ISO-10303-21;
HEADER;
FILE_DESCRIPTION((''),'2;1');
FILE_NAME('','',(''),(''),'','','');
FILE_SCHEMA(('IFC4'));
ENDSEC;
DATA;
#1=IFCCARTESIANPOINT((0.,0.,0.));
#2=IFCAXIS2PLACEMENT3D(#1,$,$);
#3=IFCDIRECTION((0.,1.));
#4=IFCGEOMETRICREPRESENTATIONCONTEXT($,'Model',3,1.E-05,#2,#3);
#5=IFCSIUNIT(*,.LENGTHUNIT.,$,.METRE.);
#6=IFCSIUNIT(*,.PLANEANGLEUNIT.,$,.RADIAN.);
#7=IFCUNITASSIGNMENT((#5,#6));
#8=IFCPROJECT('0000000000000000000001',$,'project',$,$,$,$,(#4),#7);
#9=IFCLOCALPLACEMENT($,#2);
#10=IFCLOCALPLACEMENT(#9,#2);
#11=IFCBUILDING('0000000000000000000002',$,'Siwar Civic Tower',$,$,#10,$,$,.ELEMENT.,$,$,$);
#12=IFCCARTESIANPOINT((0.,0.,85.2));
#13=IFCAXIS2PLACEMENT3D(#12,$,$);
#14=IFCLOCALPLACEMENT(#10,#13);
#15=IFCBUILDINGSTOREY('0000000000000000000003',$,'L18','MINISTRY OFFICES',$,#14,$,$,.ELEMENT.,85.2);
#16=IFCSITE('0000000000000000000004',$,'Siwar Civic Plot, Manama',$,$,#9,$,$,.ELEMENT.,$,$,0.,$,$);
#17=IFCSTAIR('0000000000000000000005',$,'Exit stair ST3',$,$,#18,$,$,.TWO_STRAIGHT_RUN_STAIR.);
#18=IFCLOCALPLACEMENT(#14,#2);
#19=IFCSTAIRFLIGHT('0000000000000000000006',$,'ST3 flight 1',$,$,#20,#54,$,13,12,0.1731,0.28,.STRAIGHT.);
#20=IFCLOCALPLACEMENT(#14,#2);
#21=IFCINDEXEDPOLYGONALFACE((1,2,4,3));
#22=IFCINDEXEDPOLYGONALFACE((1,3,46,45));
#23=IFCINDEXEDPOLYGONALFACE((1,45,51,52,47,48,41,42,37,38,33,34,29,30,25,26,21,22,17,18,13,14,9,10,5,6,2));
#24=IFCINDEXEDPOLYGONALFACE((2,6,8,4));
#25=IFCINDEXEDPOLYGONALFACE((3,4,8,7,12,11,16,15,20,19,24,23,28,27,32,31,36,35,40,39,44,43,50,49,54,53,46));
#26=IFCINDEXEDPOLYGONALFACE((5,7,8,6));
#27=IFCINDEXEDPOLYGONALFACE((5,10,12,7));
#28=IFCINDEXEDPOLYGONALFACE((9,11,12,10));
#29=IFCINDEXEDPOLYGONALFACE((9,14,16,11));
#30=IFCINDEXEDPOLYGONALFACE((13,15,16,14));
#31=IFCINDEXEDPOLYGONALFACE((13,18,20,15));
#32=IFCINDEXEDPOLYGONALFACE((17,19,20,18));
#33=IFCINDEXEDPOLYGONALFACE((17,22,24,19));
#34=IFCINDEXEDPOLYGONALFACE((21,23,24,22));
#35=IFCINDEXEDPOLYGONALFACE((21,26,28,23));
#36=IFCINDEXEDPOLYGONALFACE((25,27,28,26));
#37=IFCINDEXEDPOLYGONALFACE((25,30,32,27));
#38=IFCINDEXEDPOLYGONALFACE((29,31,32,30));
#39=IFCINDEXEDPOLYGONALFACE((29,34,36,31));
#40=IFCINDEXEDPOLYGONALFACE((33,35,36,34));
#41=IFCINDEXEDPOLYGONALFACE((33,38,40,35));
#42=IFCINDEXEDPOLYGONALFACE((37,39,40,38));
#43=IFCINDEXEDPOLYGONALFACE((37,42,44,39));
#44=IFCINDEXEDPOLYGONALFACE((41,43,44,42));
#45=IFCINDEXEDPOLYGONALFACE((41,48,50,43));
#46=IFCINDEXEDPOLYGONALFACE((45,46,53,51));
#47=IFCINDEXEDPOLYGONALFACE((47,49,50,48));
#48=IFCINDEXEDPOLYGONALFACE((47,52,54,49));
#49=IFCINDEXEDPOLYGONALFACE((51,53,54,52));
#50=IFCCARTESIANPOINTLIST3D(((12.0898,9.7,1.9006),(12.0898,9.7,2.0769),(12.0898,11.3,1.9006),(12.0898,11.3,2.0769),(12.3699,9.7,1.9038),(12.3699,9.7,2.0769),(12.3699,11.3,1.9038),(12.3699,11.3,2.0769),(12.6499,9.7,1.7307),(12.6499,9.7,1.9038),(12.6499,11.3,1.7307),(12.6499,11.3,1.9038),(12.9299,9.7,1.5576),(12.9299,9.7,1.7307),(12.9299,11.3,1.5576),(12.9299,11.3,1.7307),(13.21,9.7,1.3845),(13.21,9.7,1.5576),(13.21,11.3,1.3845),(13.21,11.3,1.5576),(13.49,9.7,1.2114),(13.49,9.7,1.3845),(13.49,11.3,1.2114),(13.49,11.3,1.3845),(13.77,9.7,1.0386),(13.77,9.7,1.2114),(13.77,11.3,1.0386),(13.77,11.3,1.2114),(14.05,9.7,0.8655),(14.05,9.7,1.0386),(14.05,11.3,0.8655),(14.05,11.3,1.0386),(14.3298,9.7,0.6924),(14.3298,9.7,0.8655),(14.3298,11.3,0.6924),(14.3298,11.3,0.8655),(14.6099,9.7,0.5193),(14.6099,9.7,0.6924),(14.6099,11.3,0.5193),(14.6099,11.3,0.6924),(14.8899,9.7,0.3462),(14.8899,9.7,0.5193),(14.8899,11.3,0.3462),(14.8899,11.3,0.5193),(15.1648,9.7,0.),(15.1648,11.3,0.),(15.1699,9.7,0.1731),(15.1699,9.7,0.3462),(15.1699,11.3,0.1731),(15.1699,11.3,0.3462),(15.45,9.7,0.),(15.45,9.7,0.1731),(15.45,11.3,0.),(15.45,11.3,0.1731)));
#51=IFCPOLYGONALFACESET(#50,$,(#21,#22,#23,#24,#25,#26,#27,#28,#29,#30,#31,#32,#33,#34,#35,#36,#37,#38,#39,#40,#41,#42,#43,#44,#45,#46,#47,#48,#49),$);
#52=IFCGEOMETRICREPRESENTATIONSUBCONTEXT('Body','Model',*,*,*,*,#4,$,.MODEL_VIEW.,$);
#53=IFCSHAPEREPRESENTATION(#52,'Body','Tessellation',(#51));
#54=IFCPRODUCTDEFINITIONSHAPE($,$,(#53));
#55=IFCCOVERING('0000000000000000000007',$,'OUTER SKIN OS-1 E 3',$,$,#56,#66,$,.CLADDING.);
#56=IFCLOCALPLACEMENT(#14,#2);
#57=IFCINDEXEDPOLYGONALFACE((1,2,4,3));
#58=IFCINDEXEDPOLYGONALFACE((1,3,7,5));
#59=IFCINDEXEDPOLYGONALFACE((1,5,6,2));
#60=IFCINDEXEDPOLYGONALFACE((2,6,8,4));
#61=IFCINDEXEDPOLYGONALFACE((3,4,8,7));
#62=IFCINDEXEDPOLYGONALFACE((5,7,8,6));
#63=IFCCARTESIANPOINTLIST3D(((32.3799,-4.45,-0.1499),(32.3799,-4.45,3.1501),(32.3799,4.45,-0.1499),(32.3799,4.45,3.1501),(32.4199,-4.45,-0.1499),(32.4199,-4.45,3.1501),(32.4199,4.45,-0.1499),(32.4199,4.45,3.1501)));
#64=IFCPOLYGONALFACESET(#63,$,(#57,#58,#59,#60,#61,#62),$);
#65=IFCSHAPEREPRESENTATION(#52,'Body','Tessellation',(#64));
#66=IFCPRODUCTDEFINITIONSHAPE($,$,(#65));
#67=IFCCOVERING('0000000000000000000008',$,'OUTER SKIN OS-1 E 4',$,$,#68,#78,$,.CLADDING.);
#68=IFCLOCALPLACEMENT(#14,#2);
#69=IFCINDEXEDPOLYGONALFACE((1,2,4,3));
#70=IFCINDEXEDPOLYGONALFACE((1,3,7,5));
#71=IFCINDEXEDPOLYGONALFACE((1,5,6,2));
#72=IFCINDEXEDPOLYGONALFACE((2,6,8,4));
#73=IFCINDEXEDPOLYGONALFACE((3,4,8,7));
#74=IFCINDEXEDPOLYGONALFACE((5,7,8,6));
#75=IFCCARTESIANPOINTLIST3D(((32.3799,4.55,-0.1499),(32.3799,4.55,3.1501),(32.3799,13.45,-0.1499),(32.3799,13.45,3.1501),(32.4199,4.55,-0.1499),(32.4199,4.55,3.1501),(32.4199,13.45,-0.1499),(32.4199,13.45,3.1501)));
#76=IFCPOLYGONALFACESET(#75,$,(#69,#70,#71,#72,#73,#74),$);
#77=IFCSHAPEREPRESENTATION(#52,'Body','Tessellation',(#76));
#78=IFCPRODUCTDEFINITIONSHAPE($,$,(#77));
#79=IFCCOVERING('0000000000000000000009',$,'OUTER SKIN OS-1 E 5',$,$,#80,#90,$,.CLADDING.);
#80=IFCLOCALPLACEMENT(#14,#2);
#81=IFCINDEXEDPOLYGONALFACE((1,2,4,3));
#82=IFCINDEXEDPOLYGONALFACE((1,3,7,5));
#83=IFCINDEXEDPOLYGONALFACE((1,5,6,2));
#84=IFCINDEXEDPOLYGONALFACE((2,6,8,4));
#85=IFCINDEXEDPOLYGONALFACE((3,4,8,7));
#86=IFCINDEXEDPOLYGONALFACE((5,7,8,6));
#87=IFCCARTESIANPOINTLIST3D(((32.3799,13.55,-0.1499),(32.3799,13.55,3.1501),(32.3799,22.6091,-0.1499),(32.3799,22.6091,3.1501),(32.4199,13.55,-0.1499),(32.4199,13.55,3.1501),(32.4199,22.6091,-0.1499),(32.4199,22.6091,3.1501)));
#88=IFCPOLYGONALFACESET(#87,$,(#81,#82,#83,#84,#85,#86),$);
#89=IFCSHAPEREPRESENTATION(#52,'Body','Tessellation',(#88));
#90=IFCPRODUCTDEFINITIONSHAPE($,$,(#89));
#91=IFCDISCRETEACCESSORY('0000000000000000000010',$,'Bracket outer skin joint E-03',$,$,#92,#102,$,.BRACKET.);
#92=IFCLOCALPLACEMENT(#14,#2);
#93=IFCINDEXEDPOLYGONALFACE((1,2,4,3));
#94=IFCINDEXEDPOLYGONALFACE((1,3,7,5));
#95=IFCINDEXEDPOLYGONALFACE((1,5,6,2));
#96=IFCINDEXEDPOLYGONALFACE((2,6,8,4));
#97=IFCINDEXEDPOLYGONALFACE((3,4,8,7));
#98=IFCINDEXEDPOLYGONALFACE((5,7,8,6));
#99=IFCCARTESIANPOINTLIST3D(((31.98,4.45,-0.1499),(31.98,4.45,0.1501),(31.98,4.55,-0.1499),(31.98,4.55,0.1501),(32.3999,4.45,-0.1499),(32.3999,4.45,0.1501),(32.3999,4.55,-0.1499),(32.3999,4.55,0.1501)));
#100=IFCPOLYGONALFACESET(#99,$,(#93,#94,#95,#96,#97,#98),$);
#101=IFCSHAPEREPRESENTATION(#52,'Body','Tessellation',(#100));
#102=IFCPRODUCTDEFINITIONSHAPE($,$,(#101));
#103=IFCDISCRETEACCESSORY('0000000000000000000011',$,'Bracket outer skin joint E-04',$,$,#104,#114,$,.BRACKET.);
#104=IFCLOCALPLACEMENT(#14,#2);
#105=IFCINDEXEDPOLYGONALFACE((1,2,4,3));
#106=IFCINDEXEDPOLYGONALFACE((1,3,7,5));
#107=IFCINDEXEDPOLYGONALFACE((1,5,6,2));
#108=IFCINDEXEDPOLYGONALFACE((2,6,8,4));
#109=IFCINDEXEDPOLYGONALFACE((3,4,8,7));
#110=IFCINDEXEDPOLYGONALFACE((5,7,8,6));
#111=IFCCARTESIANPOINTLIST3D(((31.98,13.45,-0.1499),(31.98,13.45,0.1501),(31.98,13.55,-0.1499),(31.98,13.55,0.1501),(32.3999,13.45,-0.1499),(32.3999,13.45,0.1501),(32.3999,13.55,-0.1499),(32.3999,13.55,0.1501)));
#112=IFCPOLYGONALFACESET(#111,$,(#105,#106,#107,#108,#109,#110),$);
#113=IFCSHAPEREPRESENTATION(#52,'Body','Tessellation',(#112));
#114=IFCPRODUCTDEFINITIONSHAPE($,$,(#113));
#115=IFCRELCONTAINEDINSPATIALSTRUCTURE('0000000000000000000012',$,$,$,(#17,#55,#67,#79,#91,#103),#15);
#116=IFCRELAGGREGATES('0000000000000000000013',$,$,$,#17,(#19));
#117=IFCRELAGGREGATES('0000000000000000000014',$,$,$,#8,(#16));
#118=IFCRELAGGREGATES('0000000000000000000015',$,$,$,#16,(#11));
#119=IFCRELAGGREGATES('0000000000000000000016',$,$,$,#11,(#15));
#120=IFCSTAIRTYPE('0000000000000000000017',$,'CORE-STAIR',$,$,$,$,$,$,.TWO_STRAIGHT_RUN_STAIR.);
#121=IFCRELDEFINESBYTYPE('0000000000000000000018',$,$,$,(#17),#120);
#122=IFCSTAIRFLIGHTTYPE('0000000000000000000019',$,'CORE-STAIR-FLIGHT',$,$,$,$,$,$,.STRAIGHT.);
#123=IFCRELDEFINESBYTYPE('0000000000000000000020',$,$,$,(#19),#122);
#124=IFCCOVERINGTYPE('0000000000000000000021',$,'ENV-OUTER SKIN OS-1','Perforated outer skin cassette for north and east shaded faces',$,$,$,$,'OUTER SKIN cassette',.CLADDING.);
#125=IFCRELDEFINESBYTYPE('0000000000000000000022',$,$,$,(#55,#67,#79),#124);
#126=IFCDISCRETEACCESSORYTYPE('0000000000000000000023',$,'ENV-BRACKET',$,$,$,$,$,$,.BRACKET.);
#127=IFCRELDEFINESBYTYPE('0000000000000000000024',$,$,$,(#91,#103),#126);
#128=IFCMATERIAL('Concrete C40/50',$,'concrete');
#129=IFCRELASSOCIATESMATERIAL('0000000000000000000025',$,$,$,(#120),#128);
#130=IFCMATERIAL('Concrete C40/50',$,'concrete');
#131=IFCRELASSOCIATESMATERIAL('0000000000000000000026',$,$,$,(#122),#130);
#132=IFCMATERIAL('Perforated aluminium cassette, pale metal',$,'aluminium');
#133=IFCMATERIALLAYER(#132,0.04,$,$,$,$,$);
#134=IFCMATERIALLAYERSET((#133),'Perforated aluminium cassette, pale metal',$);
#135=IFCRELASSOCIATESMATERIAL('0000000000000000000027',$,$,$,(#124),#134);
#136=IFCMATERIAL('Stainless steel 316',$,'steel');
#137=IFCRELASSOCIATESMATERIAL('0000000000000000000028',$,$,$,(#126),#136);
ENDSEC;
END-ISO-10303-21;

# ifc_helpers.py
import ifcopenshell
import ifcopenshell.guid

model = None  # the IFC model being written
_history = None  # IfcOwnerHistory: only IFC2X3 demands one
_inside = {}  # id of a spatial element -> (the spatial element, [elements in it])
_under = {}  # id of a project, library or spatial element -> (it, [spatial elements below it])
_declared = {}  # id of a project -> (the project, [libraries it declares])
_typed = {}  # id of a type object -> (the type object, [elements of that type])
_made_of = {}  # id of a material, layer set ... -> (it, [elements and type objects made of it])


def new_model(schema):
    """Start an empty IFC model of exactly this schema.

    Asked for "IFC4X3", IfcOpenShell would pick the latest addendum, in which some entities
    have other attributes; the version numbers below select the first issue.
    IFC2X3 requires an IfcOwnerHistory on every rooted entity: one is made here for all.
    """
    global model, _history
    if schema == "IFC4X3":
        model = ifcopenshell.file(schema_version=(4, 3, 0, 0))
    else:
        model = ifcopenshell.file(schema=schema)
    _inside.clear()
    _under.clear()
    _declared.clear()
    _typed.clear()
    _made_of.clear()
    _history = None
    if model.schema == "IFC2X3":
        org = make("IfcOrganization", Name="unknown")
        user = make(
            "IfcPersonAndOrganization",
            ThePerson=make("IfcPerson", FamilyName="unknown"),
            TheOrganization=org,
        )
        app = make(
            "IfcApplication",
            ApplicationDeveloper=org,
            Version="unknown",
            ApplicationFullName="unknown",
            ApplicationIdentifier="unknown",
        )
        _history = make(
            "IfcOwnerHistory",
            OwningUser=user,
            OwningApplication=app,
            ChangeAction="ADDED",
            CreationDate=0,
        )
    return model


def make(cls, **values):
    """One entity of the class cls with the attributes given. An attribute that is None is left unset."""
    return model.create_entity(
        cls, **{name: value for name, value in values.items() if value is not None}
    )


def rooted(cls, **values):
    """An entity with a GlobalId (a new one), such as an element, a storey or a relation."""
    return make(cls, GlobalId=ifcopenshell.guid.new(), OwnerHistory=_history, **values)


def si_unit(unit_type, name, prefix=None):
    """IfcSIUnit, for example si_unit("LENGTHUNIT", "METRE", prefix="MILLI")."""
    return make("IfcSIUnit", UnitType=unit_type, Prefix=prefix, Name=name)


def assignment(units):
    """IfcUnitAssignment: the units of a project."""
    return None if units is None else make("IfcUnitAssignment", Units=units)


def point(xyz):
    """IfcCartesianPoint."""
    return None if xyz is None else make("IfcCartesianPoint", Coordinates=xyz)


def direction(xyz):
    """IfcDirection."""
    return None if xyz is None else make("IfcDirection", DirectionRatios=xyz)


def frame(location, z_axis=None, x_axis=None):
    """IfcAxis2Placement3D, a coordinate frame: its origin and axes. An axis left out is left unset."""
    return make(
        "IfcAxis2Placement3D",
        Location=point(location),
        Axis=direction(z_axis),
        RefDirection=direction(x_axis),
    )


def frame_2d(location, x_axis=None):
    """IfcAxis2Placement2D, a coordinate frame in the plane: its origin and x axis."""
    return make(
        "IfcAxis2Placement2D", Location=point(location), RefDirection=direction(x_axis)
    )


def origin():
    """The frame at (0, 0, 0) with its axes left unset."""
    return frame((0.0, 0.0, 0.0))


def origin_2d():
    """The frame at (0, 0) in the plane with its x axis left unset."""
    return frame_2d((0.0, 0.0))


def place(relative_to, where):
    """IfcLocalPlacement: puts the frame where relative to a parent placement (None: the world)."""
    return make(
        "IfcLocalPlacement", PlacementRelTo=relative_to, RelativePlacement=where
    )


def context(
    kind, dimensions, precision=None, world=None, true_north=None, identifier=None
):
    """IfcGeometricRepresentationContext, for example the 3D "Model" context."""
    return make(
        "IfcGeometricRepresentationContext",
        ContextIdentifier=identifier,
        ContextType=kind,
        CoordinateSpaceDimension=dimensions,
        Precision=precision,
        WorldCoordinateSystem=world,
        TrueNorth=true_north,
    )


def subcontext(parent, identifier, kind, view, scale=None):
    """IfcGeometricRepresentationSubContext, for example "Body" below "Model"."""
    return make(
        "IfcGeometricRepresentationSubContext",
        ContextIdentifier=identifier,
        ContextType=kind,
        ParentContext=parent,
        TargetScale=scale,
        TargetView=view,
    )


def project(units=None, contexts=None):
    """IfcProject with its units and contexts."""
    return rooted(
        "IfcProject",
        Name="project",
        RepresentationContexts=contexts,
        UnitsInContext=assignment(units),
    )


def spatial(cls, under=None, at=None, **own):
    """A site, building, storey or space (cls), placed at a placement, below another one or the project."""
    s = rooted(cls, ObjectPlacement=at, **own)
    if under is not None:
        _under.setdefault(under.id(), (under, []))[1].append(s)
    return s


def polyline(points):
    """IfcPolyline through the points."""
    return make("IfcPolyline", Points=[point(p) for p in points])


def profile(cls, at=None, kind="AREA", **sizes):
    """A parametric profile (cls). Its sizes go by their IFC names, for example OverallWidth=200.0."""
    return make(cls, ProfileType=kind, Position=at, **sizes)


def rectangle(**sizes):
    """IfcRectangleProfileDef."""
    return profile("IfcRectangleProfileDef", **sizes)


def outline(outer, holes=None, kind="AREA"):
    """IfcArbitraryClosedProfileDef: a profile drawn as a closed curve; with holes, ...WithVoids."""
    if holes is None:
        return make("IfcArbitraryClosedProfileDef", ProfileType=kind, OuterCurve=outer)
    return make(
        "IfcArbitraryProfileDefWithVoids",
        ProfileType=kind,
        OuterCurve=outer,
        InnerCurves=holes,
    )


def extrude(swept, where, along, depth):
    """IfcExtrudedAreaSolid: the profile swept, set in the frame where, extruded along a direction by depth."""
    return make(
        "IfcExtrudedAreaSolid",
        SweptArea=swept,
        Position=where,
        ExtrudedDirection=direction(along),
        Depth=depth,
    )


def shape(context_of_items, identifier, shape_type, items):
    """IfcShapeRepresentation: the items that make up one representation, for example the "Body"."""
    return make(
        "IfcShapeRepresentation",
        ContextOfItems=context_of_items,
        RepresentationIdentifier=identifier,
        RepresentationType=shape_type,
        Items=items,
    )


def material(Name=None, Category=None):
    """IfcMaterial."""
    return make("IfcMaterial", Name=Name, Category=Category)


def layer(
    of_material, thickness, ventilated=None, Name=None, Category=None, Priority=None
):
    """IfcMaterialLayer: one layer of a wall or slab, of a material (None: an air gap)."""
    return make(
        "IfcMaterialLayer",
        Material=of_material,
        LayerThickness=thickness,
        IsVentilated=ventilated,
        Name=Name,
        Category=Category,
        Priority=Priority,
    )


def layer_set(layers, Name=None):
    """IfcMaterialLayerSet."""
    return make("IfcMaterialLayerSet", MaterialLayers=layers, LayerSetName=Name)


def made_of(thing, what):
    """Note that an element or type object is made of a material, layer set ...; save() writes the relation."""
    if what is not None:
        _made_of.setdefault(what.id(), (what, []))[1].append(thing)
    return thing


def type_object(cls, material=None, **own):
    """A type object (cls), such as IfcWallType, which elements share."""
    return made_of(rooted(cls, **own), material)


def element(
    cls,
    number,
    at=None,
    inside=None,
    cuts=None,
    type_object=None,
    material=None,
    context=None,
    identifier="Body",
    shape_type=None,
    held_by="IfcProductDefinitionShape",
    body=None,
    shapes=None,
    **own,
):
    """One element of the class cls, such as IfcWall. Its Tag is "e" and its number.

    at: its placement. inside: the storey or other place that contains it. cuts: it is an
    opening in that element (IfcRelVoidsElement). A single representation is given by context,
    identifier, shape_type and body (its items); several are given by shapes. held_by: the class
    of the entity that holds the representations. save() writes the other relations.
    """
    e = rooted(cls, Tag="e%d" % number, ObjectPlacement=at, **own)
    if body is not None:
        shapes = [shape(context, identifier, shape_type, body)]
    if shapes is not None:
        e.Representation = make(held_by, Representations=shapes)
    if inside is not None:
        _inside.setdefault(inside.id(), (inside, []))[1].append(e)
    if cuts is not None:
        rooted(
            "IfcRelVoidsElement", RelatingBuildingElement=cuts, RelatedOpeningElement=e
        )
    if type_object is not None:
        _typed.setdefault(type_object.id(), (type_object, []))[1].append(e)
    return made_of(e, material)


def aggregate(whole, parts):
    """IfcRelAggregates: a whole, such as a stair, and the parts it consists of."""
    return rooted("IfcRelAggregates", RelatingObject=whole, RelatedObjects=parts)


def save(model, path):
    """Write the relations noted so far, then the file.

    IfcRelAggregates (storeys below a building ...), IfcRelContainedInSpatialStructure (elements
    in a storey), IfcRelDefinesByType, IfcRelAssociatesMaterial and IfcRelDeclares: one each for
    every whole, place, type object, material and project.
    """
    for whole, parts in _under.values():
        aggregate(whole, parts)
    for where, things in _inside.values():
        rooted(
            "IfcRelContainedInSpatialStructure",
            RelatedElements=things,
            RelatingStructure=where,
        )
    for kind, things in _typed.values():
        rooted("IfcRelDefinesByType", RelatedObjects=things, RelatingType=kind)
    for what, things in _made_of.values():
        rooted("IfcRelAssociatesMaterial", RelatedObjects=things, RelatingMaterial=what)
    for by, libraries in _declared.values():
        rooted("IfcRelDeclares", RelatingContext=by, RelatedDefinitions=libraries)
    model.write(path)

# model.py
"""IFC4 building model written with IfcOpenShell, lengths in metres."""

from ifc_helpers import new_model, si_unit, direction, frame, origin, origin_2d, place, context, subcontext, project, spatial, polyline, rectangle, outline, extrude, material, layer, layer_set, type_object, element, aggregate, save


model = new_model("IFC4")

# Units and contexts
model_context = context("Model", 3, precision=1e-05, world=origin(), true_north=direction((0.0, 1.0)))
body_context = subcontext(model_context, "Body", "Model", "MODEL_VIEW")
ifc_project = project(units=[si_unit("LENGTHUNIT", "METRE"), si_unit("PLANEANGLEUNIT", "RADIAN")], contexts=[model_context])

# Site, building, storey
site_placement = place(None, origin())
site = spatial("IfcSite", under=ifc_project, at=site_placement, Name="Siwar Civic Plot, Manama", CompositionType="ELEMENT", RefElevation=0.0)
building_placement = place(site_placement, origin())
building = spatial("IfcBuilding", under=site, at=building_placement, Name="Siwar Civic Tower", CompositionType="ELEMENT")
storey_placement = place(building_placement, frame((0.0, 0.0, 85.2)))
storey = spatial("IfcBuildingStorey", under=building, at=storey_placement, Name="L18", Description="MINISTRY OFFICES", CompositionType="ELEMENT", Elevation=85.2)

# Stair, stair flight
ifc_material_1 = material(Name="Concrete C40/50", Category="concrete")
stair_type = type_object("IfcStairType", Name="CORE-STAIR", PredefinedType="TWO_STRAIGHT_RUN_STAIR", material=ifc_material_1)
stair_placement = place(storey_placement, origin())
stair = element("IfcStair", 1, at=stair_placement, inside=storey, type_object=stair_type, Name="Exit stair ST3", PredefinedType="TWO_STRAIGHT_RUN_STAIR")
ifc_material_2 = material(Name="Concrete C40/50", Category="concrete")
stair_flight_type = type_object("IfcStairFlightType", Name="CORE-STAIR-FLIGHT", PredefinedType="STRAIGHT", material=ifc_material_2)
stair_flight_placement = place(storey_placement, frame((15.45, 10.5, 0.0), z_axis=(0.0, 0.0, 1.0), x_axis=(-1.0, 0.0, 0.0)))
stair_flight = element("IfcStairFlight", 2, at=stair_flight_placement, type_object=stair_flight_type, Name="ST3 flight 1", NumberOfRisers=13, NumberOfTreads=12, PredefinedType="STRAIGHT", RiserHeight=0.1731, TreadLength=0.28, context=body_context, shape_type="SweptSolid", body=[
    extrude(outline(polyline([(0.0, 0.0), (0.0, 0.1731), (0.28, 0.1731), (0.28, 0.3462), (0.5601, 0.3462), (0.5601, 0.5193), (0.8401, 0.5193), (0.8401, 0.6924), (1.1201, 0.6924), (1.1201, 0.8655), (1.3999, 0.8655), (1.3999, 1.0386), (1.6799, 1.0386), (1.6799, 1.2114), (1.96, 1.2114), (1.96, 1.3845), (2.24, 1.3845), (2.24, 1.5576), (2.52, 1.5576), (2.52, 1.7307), (2.8, 1.7307), (2.8, 1.9038), (3.0801, 1.9038), (3.0801, 2.0769), (3.3601, 2.0769), (3.3601, 2.25), (3.3601, 1.9006), (0.2852, 0.0), (0.0, 0.0)])), frame((0.0, 0.8, 0.0), z_axis=(0.0, -1.0, 0.0), x_axis=(1.0, 0.0, 0.0)), (0.0, 0.0, 1.0), 1.6001),
])
aggregate(stair, [stair_flight])

# Coverings
ifc_material_3 = material(Name="Perforated aluminium cassette, pale metal", Category="aluminium")
ifc_layer_1 = layer(ifc_material_3, 0.04)
ifc_layer_set_1 = layer_set([ifc_layer_1], Name="Perforated aluminium cassette, pale metal")
covering_type = type_object("IfcCoveringType", Name="ENV-OUTER SKIN OS-1", Description="Perforated outer skin cassette for north and east shaded faces", ElementType="OUTER SKIN cassette", PredefinedType="CLADDING", material=ifc_layer_set_1)
for number, where, z_axis, x_axis, name in (
    (3, (32.3999, 0.0, -0.1499), (0.0, 0.0, 1.0), (0.0, 1.0, 0.0), "OUTER SKIN OS-1 E 3"),
    (4, (32.3999, 9.0, -0.1499), (0.0, 0.0, 1.0), (0.0, 1.0, 0.0), "OUTER SKIN OS-1 E 4"),
):
    element("IfcCovering", number, at=place(storey_placement, frame(where, z_axis=z_axis, x_axis=x_axis)), inside=storey, type_object=covering_type, Name=name, PredefinedType="CLADDING", context=body_context, shape_type="SweptSolid", body=[
        extrude(rectangle(XDim=8.8999, YDim=0.04, at=origin_2d()), origin(), (0.0, 0.0, 1.0), 3.3),
    ])
covering_placement = place(storey_placement, frame((32.3999, 18.0796, -0.1499), z_axis=(0.0, 0.0, 1.0), x_axis=(0.0, 1.0, 0.0)))
element("IfcCovering", 5, at=covering_placement, inside=storey, type_object=covering_type, Name="OUTER SKIN OS-1 E 5", PredefinedType="CLADDING", context=body_context, shape_type="SweptSolid", body=[
    extrude(rectangle(XDim=9.0591, YDim=0.04, at=origin_2d()), origin(), (0.0, 0.0, 1.0), 3.3),
])

# Discrete accessories
ifc_material_4 = material(Name="Stainless steel 316", Category="steel")
discrete_accessory_type = type_object("IfcDiscreteAccessoryType", Name="ENV-BRACKET", PredefinedType="BRACKET", material=ifc_material_4)
for number, where, z_axis, x_axis, name in (
    (6, (32.1899, 4.5, -0.1499), (0.0, 0.0, 1.0), (1.0, 0.0, 0.0), "Bracket outer skin joint E-03"),
    (7, (32.1899, 13.5, -0.1499), (0.0, 0.0, 1.0), (1.0, 0.0, 0.0), "Bracket outer skin joint E-04"),
):
    element("IfcDiscreteAccessory", number, at=place(storey_placement, frame(where, z_axis=z_axis, x_axis=x_axis)), inside=storey, type_object=discrete_accessory_type, Name=name, PredefinedType="BRACKET", context=body_context, shape_type="SweptSolid", body=[
        extrude(rectangle(XDim=0.4199, YDim=0.1001, at=origin_2d()), origin(), (0.0, 0.0, 1.0), 0.3),
    ])

save(model, "model.ifc")
